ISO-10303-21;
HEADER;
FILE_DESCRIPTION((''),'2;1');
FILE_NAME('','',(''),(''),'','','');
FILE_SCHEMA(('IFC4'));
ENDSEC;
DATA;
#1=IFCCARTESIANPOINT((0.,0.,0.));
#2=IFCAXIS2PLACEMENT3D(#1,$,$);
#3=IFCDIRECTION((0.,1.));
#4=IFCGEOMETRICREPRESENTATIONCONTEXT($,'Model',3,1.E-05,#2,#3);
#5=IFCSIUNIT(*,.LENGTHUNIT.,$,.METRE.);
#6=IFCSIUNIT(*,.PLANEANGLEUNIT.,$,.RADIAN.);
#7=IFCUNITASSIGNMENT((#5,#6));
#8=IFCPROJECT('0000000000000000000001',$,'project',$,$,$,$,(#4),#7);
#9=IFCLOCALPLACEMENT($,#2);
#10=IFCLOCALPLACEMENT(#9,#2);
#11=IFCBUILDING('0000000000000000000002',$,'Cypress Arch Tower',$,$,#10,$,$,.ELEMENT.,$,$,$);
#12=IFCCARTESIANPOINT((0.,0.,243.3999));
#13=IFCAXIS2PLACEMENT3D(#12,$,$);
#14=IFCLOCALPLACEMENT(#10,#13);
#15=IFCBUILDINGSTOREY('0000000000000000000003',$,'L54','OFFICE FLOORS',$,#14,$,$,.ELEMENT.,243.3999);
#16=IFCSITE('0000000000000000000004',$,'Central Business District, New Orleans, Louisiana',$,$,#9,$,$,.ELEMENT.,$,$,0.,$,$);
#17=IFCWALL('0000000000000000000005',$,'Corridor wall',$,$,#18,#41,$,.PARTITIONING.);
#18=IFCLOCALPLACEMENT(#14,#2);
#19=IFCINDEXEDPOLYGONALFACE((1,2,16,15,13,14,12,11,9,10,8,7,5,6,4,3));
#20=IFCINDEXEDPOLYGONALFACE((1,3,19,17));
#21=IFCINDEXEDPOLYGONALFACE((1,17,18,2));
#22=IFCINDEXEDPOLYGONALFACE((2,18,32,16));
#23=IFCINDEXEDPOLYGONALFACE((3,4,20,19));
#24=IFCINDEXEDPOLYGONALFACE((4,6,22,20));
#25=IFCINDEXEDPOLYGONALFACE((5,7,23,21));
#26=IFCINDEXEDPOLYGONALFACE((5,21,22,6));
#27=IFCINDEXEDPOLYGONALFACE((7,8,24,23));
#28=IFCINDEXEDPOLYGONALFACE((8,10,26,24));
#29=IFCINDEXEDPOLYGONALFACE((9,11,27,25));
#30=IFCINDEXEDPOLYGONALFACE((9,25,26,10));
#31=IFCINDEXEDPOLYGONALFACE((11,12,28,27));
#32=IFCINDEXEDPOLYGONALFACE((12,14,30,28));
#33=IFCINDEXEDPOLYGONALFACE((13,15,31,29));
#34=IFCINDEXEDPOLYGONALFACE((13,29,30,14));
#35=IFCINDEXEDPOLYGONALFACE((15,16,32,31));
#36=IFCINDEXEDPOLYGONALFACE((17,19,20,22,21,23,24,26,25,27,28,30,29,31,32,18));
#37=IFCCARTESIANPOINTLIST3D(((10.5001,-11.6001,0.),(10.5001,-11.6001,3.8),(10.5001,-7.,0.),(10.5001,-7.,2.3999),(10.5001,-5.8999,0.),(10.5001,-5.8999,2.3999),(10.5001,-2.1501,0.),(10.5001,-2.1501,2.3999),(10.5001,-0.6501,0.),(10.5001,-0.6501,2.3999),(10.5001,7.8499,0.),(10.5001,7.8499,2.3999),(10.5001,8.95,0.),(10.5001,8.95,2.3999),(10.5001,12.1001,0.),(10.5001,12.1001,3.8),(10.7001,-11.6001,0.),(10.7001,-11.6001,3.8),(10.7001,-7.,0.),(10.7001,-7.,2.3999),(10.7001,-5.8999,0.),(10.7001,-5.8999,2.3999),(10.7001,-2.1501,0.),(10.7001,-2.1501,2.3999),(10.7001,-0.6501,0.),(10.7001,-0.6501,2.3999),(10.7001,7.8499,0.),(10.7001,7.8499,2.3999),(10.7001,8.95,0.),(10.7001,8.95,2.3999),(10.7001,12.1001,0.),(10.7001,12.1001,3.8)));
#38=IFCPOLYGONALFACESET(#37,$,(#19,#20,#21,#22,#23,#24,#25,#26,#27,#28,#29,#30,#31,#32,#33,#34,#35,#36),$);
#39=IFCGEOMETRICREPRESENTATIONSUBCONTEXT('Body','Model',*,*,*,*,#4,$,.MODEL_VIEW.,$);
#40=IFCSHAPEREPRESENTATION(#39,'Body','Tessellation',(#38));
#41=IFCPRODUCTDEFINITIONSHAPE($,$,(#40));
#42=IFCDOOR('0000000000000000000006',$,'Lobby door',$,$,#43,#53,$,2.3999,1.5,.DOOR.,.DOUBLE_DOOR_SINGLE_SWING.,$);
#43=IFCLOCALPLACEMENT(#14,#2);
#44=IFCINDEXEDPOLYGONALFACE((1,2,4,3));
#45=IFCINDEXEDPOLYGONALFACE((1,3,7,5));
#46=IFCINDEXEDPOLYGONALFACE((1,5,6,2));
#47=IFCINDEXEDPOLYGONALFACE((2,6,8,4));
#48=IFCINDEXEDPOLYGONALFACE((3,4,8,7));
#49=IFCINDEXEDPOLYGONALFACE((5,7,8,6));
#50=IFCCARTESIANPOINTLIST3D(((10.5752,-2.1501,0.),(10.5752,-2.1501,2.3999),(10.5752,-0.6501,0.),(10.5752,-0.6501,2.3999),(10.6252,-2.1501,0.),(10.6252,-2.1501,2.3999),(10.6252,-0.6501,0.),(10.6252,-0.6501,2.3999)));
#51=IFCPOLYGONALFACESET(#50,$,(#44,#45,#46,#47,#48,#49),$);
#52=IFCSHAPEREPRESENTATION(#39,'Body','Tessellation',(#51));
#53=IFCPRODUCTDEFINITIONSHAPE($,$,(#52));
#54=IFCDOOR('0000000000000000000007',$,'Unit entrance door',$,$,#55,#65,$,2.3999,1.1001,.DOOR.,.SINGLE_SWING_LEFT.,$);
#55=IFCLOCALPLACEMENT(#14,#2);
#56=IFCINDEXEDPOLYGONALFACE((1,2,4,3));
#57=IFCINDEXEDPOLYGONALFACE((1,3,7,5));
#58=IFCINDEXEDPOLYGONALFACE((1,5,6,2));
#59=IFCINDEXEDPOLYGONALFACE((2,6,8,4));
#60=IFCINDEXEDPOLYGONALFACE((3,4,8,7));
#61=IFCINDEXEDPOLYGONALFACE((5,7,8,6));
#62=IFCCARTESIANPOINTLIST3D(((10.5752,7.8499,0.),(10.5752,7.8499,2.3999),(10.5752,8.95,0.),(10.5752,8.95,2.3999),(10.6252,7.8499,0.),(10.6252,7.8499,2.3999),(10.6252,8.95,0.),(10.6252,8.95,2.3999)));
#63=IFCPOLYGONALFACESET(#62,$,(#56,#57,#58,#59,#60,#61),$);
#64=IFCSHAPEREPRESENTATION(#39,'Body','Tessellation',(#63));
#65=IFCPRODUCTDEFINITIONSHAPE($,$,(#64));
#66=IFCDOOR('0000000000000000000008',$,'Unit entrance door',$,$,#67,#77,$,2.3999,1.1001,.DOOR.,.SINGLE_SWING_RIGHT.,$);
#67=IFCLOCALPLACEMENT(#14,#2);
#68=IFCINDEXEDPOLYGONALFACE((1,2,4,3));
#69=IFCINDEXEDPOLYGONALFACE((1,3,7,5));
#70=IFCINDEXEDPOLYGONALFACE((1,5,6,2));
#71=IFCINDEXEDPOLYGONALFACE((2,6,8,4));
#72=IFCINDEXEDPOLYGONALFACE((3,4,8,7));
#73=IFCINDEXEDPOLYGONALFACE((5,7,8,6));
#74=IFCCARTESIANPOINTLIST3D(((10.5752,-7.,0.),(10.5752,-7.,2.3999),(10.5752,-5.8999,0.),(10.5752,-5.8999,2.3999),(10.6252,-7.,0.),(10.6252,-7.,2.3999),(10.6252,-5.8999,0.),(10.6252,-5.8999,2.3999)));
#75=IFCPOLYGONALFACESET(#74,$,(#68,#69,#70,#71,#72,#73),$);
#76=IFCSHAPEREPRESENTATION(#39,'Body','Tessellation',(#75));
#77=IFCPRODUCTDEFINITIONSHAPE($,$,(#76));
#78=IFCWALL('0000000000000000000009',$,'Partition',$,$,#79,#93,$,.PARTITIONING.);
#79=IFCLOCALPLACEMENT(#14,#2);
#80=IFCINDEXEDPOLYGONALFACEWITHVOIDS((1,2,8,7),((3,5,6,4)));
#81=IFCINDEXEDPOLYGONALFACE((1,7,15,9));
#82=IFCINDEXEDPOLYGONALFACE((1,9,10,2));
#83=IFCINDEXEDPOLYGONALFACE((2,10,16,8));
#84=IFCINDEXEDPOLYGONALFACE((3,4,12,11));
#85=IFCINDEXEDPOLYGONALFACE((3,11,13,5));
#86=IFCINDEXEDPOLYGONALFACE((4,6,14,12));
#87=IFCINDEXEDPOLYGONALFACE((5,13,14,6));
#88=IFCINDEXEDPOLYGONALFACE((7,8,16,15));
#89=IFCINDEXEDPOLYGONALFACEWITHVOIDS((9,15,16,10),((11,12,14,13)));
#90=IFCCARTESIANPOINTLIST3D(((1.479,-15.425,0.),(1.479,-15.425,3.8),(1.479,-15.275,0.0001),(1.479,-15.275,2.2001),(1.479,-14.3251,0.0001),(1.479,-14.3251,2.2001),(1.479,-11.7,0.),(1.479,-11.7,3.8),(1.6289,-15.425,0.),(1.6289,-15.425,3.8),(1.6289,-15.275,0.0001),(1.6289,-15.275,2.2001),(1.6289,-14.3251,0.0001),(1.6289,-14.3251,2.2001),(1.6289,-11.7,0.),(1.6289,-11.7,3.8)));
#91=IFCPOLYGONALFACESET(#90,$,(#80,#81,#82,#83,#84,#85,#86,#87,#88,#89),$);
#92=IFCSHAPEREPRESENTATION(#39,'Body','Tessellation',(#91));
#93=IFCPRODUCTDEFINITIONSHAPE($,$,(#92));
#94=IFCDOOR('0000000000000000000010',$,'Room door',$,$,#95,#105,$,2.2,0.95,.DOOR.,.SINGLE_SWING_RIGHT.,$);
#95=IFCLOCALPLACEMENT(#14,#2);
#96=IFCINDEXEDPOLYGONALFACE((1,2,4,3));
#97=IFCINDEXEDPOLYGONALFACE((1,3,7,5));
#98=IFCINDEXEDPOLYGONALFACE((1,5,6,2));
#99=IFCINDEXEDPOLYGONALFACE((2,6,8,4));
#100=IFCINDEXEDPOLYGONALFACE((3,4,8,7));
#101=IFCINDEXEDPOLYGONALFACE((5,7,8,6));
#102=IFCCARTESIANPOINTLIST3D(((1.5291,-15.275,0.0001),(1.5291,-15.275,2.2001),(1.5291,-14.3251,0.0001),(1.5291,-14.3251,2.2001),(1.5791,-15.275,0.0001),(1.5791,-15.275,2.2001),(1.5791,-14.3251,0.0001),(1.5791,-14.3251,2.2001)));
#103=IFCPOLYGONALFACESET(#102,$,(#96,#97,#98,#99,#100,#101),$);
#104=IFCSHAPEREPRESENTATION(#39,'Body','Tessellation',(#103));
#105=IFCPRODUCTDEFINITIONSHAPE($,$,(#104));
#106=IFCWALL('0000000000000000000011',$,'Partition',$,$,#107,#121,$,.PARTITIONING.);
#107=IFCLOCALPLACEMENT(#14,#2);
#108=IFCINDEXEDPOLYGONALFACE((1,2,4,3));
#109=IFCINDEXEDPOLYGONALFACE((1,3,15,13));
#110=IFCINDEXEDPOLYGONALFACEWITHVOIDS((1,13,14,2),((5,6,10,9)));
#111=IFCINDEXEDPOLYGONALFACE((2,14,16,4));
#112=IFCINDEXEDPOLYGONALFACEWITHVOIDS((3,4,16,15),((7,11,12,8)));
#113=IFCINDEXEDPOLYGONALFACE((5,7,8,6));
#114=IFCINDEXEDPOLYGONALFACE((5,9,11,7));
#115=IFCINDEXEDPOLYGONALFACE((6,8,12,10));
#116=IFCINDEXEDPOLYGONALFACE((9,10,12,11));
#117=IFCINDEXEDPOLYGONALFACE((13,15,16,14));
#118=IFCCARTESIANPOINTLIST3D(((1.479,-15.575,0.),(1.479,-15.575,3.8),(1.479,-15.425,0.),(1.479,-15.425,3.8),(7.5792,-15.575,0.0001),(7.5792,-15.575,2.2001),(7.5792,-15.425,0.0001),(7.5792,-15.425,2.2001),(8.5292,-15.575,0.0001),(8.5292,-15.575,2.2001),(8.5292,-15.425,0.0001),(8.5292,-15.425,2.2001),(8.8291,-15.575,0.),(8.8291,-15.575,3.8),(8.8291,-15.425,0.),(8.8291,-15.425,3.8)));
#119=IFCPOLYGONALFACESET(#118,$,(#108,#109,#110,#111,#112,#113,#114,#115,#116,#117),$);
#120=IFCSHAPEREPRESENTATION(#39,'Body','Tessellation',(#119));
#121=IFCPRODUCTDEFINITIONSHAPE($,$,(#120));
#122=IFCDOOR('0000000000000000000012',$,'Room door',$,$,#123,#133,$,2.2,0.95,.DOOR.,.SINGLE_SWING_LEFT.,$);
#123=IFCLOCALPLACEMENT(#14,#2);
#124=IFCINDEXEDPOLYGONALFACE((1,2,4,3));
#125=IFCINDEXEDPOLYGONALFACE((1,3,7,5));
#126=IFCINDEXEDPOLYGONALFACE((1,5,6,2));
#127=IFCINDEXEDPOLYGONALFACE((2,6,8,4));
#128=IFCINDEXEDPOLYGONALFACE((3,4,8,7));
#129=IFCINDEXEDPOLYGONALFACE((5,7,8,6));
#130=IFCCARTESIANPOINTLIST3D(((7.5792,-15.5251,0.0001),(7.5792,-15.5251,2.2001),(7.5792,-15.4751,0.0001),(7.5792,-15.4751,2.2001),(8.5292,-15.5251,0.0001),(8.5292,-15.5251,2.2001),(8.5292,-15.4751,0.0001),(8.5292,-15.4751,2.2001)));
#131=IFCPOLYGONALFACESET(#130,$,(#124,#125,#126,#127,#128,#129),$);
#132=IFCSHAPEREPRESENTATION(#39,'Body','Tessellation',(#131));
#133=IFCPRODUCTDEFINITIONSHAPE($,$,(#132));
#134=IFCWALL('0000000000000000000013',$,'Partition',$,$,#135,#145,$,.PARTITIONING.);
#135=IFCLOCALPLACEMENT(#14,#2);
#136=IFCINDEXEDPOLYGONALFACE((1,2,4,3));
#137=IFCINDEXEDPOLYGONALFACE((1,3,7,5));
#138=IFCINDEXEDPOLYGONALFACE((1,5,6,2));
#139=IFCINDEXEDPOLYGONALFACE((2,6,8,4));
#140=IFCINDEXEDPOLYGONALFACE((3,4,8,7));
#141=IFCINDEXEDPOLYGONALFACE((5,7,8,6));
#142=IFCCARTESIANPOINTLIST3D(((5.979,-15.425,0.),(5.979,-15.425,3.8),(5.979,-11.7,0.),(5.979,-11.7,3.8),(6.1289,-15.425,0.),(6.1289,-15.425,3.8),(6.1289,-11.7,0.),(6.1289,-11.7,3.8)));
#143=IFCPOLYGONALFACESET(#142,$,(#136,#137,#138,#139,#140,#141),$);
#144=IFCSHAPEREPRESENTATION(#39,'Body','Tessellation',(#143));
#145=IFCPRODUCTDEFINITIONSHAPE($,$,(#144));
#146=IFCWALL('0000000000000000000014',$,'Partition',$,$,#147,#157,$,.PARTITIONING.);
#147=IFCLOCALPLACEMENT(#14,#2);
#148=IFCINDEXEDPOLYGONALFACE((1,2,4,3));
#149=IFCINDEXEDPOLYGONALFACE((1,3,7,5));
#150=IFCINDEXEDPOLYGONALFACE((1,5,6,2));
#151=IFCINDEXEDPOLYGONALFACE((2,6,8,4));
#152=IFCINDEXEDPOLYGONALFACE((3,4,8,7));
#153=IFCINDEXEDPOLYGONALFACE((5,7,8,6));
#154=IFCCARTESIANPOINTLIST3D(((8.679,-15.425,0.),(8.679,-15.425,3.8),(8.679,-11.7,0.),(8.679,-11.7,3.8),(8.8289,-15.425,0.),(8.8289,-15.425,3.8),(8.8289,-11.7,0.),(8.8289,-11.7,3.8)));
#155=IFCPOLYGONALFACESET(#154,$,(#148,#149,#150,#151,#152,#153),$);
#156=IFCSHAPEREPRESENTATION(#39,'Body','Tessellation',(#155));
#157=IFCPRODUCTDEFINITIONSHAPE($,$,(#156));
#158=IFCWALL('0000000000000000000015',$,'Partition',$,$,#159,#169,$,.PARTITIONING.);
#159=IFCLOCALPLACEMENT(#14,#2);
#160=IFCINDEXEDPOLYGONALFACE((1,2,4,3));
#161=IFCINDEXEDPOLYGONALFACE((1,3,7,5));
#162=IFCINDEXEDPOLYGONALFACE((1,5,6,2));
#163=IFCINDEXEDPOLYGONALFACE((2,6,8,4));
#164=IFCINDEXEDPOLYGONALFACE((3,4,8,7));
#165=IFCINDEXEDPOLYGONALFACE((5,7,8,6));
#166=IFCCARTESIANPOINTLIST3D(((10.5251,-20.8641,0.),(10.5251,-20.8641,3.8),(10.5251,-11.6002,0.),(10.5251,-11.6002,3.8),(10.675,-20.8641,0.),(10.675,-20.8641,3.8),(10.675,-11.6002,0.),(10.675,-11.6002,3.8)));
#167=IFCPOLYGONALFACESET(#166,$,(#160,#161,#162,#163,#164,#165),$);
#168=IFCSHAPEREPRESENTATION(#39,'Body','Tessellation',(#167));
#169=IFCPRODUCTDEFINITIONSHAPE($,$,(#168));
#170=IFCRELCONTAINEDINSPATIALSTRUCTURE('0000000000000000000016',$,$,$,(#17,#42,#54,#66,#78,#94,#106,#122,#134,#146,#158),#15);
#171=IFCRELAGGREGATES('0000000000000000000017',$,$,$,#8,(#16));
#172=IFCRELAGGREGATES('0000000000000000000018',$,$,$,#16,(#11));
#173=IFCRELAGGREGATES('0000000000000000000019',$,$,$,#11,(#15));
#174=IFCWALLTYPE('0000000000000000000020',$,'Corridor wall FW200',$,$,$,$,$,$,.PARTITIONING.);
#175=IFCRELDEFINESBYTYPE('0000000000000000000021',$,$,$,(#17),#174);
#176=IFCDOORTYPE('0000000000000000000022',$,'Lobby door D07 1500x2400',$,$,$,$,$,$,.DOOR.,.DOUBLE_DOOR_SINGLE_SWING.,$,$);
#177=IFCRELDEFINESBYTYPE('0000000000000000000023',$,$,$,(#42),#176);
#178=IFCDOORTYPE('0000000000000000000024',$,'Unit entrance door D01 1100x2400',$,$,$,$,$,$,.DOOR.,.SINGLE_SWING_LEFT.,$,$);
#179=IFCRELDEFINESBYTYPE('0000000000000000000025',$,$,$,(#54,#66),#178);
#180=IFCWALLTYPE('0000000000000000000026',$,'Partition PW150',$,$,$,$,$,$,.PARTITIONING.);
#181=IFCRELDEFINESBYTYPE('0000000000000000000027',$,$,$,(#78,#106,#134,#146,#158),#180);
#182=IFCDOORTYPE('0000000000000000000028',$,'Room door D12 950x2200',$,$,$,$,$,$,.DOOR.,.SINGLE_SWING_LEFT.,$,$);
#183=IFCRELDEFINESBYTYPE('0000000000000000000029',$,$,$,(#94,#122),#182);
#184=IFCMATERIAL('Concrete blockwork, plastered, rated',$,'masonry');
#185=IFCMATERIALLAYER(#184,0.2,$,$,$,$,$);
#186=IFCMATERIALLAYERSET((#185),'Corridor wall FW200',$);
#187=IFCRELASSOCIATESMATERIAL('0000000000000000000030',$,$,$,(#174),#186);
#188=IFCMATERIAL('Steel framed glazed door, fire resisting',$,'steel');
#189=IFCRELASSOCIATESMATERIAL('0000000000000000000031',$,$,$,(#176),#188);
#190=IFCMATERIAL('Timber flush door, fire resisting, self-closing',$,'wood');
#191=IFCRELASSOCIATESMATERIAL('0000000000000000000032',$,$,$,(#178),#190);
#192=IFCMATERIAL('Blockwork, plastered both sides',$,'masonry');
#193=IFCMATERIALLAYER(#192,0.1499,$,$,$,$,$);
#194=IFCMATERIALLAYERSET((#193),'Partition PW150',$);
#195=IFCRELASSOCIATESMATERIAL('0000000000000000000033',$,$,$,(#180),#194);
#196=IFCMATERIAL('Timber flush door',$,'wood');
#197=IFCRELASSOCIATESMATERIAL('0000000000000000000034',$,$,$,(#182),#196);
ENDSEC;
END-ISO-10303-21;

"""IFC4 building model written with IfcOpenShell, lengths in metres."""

from ifc_helpers import new_model, si_unit, direction, frame, frame_2d, origin, place, context, subcontext, project, spatial, rectangle, extrude, material, layer, layer_set, type_object, element, fill, save


model = new_model("IFC4")

# Units and contexts
model_context = context("Model", 3, precision=1e-05, world=origin(), true_north=direction((0.0, 1.0)))
body_context = subcontext(model_context, "Body", "Model", "MODEL_VIEW")
ifc_project = project(units=[si_unit("LENGTHUNIT", "METRE"), si_unit("PLANEANGLEUNIT", "RADIAN")], contexts=[model_context])

# Site, building, storey
site_placement = place(None, origin())
site = spatial("IfcSite", under=ifc_project, at=site_placement, Name="Central Business District, New Orleans, Louisiana", CompositionType="ELEMENT", RefElevation=0.0)
building_placement = place(site_placement, origin())
building = spatial("IfcBuilding", under=site, at=building_placement, Name="Cypress Arch Tower", CompositionType="ELEMENT")
storey_placement = place(building_placement, frame((0.0, 0.0, 243.3999)))
storey = spatial("IfcBuildingStorey", under=building, at=storey_placement, Name="L54", Description="OFFICE FLOORS", CompositionType="ELEMENT", Elevation=243.3999)

# Wall, openings, doors
ifc_material_1 = material(Name="Concrete blockwork, plastered, rated", Category="masonry")
ifc_layer_1 = layer(ifc_material_1, 0.2)
ifc_layer_set_1 = layer_set([ifc_layer_1], Name="Corridor wall FW200")
wall_type_1 = type_object("IfcWallType", Name="Corridor wall FW200", PredefinedType="PARTITIONING", material=ifc_layer_set_1)
wall_1_placement = place(storey_placement, frame((10.6001, -11.6001, 0.0), z_axis=(0.0, 0.0, 1.0), x_axis=(0.0, 1.0, 0.0)))
wall_1 = element("IfcWall", 1, at=wall_1_placement, inside=storey, type_object=wall_type_1, Name="Corridor wall", PredefinedType="PARTITIONING", context=body_context, shape_type="SweptSolid", body=[
    extrude(rectangle(XDim=23.7002, YDim=0.2, at=frame_2d((11.8501, 0.0))), origin(), (0.0, 0.0, 1.0), 3.8),
])
opening_1_placement = place(wall_1_placement, frame((9.45, 0.0, 0.0)))
opening_1 = element("IfcOpeningElement", 2, at=opening_1_placement, cuts=wall_1, PredefinedType="OPENING", context=body_context, shape_type="SweptSolid", body=[
    extrude(rectangle(XDim=1.5, YDim=2.3999, at=frame_2d((0.75, 1.2))), frame((0.0, 0.1099, 0.0), z_axis=(0.0, -1.0, 0.0), x_axis=(1.0, 0.0, 0.0)), (0.0, 0.0, 1.0), 0.22),
])
opening_2_placement = place(wall_1_placement, frame((19.45, 0.0, 0.0)))
opening_2 = element("IfcOpeningElement", 3, at=opening_2_placement, cuts=wall_1, PredefinedType="OPENING", context=body_context, shape_type="SweptSolid", body=[
    extrude(rectangle(XDim=1.1001, YDim=2.3999, at=frame_2d((0.55, 1.2))), frame((0.0, 0.1099, 0.0), z_axis=(0.0, -1.0, 0.0), x_axis=(1.0, 0.0, 0.0)), (0.0, 0.0, 1.0), 0.22),
])
opening_3_placement = place(wall_1_placement, frame((4.6001, 0.0, 0.0)))
opening_3 = element("IfcOpeningElement", 4, at=opening_3_placement, cuts=wall_1, PredefinedType="OPENING", context=body_context, shape_type="SweptSolid", body=[
    extrude(rectangle(XDim=1.1001, YDim=2.3999, at=frame_2d((0.55, 1.2))), frame((0.0, 0.1099, 0.0), z_axis=(0.0, -1.0, 0.0), x_axis=(1.0, 0.0, 0.0)), (0.0, 0.0, 1.0), 0.22),
])
ifc_material_2 = material(Name="Steel framed glazed door, fire resisting", Category="steel")
door_type_1 = type_object("IfcDoorType", Name="Lobby door D07 1500x2400", OperationType="DOUBLE_DOOR_SINGLE_SWING", PredefinedType="DOOR", material=ifc_material_2)
door_1_placement = place(opening_1_placement, origin())
door_1 = element("IfcDoor", 5, at=door_1_placement, inside=storey, type_object=door_type_1, Name="Lobby door", OperationType="DOUBLE_DOOR_SINGLE_SWING", OverallHeight=2.3999, OverallWidth=1.5, PredefinedType="DOOR", context=body_context, shape_type="SweptSolid", body=[
    extrude(rectangle(XDim=1.5, YDim=2.3999, at=frame_2d((0.75, 1.2))), frame((0.0, 0.0249, 0.0), z_axis=(0.0, -1.0, 0.0), x_axis=(1.0, 0.0, 0.0)), (0.0, 0.0, 1.0), 0.05),
])
fill(opening_1, door_1)
ifc_material_3 = material(Name="Timber flush door, fire resisting, self-closing", Category="wood")
door_type_2 = type_object("IfcDoorType", Name="Unit entrance door D01 1100x2400", OperationType="SINGLE_SWING_LEFT", PredefinedType="DOOR", material=ifc_material_3)
door_2_placement = place(opening_2_placement, origin())
door_2 = element("IfcDoor", 6, at=door_2_placement, inside=storey, type_object=door_type_2, Name="Unit entrance door", OperationType="SINGLE_SWING_LEFT", OverallHeight=2.3999, OverallWidth=1.1001, PredefinedType="DOOR", context=body_context, shape_type="SweptSolid", body=[
    extrude(rectangle(XDim=1.1001, YDim=2.3999, at=frame_2d((0.55, 1.2))), frame((0.0, 0.0249, 0.0), z_axis=(0.0, -1.0, 0.0), x_axis=(1.0, 0.0, 0.0)), (0.0, 0.0, 1.0), 0.05),
])
fill(opening_2, door_2)
door_3_placement = place(opening_3_placement, origin())
door_3 = element("IfcDoor", 7, at=door_3_placement, inside=storey, type_object=door_type_2, Name="Unit entrance door", OperationType="SINGLE_SWING_RIGHT", OverallHeight=2.3999, OverallWidth=1.1001, PredefinedType="DOOR", context=body_context, shape_type="SweptSolid", body=[
    extrude(rectangle(XDim=1.1001, YDim=2.3999, at=frame_2d((0.55, 1.2))), frame((0.0, 0.0249, 0.0), z_axis=(0.0, -1.0, 0.0), x_axis=(1.0, 0.0, 0.0)), (0.0, 0.0, 1.0), 0.05),
])
fill(opening_3, door_3)

# Walls, openings, doors
ifc_material_4 = material(Name="Blockwork, plastered both sides", Category="masonry")
ifc_layer_2 = layer(ifc_material_4, 0.1499)
ifc_layer_set_2 = layer_set([ifc_layer_2], Name="Partition PW150")
wall_type_2 = type_object("IfcWallType", Name="Partition PW150", PredefinedType="PARTITIONING", material=ifc_layer_set_2)
wall_2_placement = place(storey_placement, frame((1.554, -15.425, 0.0), z_axis=(0.0, 0.0, 1.0), x_axis=(0.0, 1.0, 0.0)))
wall_2 = element("IfcWall", 8, at=wall_2_placement, inside=storey, type_object=wall_type_2, Name="Partition", PredefinedType="PARTITIONING", context=body_context, shape_type="SweptSolid", body=[
    extrude(rectangle(XDim=3.7251, YDim=0.1499, at=frame_2d((1.8625, 0.0))), origin(), (0.0, 0.0, 1.0), 3.8),
])
opening_4_placement = place(wall_2_placement, frame((0.1499, 0.0, 0.0)))
opening_4 = element("IfcOpeningElement", 9, at=opening_4_placement, cuts=wall_2, PredefinedType="OPENING", context=body_context, shape_type="SweptSolid", body=[
    extrude(rectangle(XDim=0.95, YDim=2.2, at=frame_2d((0.4751, 1.1001))), frame((0.0, 0.085, 0.0), z_axis=(0.0, -1.0, 0.0), x_axis=(1.0, 0.0, 0.0)), (0.0, 0.0, 1.0), 0.1699),
])
ifc_material_5 = material(Name="Timber flush door", Category="wood")
door_type_3 = type_object("IfcDoorType", Name="Room door D12 950x2200", OperationType="SINGLE_SWING_LEFT", PredefinedType="DOOR", material=ifc_material_5)
door_4_placement = place(opening_4_placement, origin())
door_4 = element("IfcDoor", 10, at=door_4_placement, inside=storey, type_object=door_type_3, Name="Room door", OperationType="SINGLE_SWING_RIGHT", OverallHeight=2.2, OverallWidth=0.95, PredefinedType="DOOR", context=body_context, shape_type="SweptSolid", body=[
    extrude(rectangle(XDim=0.95, YDim=2.2, at=frame_2d((0.4751, 1.1001))), frame((0.0, 0.0249, 0.0), z_axis=(0.0, -1.0, 0.0), x_axis=(1.0, 0.0, 0.0)), (0.0, 0.0, 1.0), 0.05),
])
fill(opening_4, door_4)
wall_3_placement = place(storey_placement, frame((1.479, -15.5, 0.0), z_axis=(0.0, 0.0, 1.0), x_axis=(1.0, 0.0, 0.0)))
wall_3 = element("IfcWall", 11, at=wall_3_placement, inside=storey, type_object=wall_type_2, Name="Partition", PredefinedType="PARTITIONING", context=body_context, shape_type="SweptSolid", body=[
    extrude(rectangle(XDim=7.3501, YDim=0.1499, at=frame_2d((3.675, 0.0))), origin(), (0.0, 0.0, 1.0), 3.8),
])
opening_5_placement = place(wall_3_placement, frame((6.1001, 0.0, 0.0)))
opening_5 = element("IfcOpeningElement", 12, at=opening_5_placement, cuts=wall_3, PredefinedType="OPENING", context=body_context, shape_type="SweptSolid", body=[
    extrude(rectangle(XDim=0.95, YDim=2.2, at=frame_2d((0.4751, 1.1001))), frame((0.0, 0.085, 0.0), z_axis=(0.0, -1.0, 0.0), x_axis=(1.0, 0.0, 0.0)), (0.0, 0.0, 1.0), 0.1699),
])
door_5_placement = place(opening_5_placement, origin())
door_5 = element("IfcDoor", 13, at=door_5_placement, inside=storey, type_object=door_type_3, Name="Room door", OperationType="SINGLE_SWING_LEFT", OverallHeight=2.2, OverallWidth=0.95, PredefinedType="DOOR", context=body_context, shape_type="SweptSolid", body=[
    extrude(rectangle(XDim=0.95, YDim=2.2, at=frame_2d((0.4751, 1.1001))), frame((0.0, 0.0249, 0.0), z_axis=(0.0, -1.0, 0.0), x_axis=(1.0, 0.0, 0.0)), (0.0, 0.0, 1.0), 0.05),
])
fill(opening_5, door_5)

# Walls
for number, where, z_axis, x_axis, name in (
    (14, (6.054, -15.425, 0.0), (0.0, 0.0, 1.0), (0.0, 1.0, 0.0), "Partition"),
    (15, (8.7539, -15.425, 0.0), (0.0, 0.0, 1.0), (0.0, 1.0, 0.0), "Partition"),
):
    element("IfcWall", number, at=place(storey_placement, frame(where, z_axis=z_axis, x_axis=x_axis)), inside=storey, type_object=wall_type_2, Name=name, PredefinedType="PARTITIONING", context=body_context, shape_type="SweptSolid", body=[
        extrude(rectangle(XDim=3.7251, YDim=0.1499, at=frame_2d((1.8625, 0.0))), origin(), (0.0, 0.0, 1.0), 3.8),
    ])
wall_4_placement = place(storey_placement, frame((10.6001, -20.864, 0.0), z_axis=(0.0, 0.0, 1.0), x_axis=(0.0, 1.0, 0.0)))
element("IfcWall", 16, at=wall_4_placement, inside=storey, type_object=wall_type_2, Name="Partition", PredefinedType="PARTITIONING", context=body_context, shape_type="SweptSolid", body=[
    extrude(rectangle(XDim=9.2639, YDim=0.1499, at=frame_2d((4.6318, 0.0))), origin(), (0.0, 0.0, 1.0), 3.8),
])

save(model, "model.ifc")
